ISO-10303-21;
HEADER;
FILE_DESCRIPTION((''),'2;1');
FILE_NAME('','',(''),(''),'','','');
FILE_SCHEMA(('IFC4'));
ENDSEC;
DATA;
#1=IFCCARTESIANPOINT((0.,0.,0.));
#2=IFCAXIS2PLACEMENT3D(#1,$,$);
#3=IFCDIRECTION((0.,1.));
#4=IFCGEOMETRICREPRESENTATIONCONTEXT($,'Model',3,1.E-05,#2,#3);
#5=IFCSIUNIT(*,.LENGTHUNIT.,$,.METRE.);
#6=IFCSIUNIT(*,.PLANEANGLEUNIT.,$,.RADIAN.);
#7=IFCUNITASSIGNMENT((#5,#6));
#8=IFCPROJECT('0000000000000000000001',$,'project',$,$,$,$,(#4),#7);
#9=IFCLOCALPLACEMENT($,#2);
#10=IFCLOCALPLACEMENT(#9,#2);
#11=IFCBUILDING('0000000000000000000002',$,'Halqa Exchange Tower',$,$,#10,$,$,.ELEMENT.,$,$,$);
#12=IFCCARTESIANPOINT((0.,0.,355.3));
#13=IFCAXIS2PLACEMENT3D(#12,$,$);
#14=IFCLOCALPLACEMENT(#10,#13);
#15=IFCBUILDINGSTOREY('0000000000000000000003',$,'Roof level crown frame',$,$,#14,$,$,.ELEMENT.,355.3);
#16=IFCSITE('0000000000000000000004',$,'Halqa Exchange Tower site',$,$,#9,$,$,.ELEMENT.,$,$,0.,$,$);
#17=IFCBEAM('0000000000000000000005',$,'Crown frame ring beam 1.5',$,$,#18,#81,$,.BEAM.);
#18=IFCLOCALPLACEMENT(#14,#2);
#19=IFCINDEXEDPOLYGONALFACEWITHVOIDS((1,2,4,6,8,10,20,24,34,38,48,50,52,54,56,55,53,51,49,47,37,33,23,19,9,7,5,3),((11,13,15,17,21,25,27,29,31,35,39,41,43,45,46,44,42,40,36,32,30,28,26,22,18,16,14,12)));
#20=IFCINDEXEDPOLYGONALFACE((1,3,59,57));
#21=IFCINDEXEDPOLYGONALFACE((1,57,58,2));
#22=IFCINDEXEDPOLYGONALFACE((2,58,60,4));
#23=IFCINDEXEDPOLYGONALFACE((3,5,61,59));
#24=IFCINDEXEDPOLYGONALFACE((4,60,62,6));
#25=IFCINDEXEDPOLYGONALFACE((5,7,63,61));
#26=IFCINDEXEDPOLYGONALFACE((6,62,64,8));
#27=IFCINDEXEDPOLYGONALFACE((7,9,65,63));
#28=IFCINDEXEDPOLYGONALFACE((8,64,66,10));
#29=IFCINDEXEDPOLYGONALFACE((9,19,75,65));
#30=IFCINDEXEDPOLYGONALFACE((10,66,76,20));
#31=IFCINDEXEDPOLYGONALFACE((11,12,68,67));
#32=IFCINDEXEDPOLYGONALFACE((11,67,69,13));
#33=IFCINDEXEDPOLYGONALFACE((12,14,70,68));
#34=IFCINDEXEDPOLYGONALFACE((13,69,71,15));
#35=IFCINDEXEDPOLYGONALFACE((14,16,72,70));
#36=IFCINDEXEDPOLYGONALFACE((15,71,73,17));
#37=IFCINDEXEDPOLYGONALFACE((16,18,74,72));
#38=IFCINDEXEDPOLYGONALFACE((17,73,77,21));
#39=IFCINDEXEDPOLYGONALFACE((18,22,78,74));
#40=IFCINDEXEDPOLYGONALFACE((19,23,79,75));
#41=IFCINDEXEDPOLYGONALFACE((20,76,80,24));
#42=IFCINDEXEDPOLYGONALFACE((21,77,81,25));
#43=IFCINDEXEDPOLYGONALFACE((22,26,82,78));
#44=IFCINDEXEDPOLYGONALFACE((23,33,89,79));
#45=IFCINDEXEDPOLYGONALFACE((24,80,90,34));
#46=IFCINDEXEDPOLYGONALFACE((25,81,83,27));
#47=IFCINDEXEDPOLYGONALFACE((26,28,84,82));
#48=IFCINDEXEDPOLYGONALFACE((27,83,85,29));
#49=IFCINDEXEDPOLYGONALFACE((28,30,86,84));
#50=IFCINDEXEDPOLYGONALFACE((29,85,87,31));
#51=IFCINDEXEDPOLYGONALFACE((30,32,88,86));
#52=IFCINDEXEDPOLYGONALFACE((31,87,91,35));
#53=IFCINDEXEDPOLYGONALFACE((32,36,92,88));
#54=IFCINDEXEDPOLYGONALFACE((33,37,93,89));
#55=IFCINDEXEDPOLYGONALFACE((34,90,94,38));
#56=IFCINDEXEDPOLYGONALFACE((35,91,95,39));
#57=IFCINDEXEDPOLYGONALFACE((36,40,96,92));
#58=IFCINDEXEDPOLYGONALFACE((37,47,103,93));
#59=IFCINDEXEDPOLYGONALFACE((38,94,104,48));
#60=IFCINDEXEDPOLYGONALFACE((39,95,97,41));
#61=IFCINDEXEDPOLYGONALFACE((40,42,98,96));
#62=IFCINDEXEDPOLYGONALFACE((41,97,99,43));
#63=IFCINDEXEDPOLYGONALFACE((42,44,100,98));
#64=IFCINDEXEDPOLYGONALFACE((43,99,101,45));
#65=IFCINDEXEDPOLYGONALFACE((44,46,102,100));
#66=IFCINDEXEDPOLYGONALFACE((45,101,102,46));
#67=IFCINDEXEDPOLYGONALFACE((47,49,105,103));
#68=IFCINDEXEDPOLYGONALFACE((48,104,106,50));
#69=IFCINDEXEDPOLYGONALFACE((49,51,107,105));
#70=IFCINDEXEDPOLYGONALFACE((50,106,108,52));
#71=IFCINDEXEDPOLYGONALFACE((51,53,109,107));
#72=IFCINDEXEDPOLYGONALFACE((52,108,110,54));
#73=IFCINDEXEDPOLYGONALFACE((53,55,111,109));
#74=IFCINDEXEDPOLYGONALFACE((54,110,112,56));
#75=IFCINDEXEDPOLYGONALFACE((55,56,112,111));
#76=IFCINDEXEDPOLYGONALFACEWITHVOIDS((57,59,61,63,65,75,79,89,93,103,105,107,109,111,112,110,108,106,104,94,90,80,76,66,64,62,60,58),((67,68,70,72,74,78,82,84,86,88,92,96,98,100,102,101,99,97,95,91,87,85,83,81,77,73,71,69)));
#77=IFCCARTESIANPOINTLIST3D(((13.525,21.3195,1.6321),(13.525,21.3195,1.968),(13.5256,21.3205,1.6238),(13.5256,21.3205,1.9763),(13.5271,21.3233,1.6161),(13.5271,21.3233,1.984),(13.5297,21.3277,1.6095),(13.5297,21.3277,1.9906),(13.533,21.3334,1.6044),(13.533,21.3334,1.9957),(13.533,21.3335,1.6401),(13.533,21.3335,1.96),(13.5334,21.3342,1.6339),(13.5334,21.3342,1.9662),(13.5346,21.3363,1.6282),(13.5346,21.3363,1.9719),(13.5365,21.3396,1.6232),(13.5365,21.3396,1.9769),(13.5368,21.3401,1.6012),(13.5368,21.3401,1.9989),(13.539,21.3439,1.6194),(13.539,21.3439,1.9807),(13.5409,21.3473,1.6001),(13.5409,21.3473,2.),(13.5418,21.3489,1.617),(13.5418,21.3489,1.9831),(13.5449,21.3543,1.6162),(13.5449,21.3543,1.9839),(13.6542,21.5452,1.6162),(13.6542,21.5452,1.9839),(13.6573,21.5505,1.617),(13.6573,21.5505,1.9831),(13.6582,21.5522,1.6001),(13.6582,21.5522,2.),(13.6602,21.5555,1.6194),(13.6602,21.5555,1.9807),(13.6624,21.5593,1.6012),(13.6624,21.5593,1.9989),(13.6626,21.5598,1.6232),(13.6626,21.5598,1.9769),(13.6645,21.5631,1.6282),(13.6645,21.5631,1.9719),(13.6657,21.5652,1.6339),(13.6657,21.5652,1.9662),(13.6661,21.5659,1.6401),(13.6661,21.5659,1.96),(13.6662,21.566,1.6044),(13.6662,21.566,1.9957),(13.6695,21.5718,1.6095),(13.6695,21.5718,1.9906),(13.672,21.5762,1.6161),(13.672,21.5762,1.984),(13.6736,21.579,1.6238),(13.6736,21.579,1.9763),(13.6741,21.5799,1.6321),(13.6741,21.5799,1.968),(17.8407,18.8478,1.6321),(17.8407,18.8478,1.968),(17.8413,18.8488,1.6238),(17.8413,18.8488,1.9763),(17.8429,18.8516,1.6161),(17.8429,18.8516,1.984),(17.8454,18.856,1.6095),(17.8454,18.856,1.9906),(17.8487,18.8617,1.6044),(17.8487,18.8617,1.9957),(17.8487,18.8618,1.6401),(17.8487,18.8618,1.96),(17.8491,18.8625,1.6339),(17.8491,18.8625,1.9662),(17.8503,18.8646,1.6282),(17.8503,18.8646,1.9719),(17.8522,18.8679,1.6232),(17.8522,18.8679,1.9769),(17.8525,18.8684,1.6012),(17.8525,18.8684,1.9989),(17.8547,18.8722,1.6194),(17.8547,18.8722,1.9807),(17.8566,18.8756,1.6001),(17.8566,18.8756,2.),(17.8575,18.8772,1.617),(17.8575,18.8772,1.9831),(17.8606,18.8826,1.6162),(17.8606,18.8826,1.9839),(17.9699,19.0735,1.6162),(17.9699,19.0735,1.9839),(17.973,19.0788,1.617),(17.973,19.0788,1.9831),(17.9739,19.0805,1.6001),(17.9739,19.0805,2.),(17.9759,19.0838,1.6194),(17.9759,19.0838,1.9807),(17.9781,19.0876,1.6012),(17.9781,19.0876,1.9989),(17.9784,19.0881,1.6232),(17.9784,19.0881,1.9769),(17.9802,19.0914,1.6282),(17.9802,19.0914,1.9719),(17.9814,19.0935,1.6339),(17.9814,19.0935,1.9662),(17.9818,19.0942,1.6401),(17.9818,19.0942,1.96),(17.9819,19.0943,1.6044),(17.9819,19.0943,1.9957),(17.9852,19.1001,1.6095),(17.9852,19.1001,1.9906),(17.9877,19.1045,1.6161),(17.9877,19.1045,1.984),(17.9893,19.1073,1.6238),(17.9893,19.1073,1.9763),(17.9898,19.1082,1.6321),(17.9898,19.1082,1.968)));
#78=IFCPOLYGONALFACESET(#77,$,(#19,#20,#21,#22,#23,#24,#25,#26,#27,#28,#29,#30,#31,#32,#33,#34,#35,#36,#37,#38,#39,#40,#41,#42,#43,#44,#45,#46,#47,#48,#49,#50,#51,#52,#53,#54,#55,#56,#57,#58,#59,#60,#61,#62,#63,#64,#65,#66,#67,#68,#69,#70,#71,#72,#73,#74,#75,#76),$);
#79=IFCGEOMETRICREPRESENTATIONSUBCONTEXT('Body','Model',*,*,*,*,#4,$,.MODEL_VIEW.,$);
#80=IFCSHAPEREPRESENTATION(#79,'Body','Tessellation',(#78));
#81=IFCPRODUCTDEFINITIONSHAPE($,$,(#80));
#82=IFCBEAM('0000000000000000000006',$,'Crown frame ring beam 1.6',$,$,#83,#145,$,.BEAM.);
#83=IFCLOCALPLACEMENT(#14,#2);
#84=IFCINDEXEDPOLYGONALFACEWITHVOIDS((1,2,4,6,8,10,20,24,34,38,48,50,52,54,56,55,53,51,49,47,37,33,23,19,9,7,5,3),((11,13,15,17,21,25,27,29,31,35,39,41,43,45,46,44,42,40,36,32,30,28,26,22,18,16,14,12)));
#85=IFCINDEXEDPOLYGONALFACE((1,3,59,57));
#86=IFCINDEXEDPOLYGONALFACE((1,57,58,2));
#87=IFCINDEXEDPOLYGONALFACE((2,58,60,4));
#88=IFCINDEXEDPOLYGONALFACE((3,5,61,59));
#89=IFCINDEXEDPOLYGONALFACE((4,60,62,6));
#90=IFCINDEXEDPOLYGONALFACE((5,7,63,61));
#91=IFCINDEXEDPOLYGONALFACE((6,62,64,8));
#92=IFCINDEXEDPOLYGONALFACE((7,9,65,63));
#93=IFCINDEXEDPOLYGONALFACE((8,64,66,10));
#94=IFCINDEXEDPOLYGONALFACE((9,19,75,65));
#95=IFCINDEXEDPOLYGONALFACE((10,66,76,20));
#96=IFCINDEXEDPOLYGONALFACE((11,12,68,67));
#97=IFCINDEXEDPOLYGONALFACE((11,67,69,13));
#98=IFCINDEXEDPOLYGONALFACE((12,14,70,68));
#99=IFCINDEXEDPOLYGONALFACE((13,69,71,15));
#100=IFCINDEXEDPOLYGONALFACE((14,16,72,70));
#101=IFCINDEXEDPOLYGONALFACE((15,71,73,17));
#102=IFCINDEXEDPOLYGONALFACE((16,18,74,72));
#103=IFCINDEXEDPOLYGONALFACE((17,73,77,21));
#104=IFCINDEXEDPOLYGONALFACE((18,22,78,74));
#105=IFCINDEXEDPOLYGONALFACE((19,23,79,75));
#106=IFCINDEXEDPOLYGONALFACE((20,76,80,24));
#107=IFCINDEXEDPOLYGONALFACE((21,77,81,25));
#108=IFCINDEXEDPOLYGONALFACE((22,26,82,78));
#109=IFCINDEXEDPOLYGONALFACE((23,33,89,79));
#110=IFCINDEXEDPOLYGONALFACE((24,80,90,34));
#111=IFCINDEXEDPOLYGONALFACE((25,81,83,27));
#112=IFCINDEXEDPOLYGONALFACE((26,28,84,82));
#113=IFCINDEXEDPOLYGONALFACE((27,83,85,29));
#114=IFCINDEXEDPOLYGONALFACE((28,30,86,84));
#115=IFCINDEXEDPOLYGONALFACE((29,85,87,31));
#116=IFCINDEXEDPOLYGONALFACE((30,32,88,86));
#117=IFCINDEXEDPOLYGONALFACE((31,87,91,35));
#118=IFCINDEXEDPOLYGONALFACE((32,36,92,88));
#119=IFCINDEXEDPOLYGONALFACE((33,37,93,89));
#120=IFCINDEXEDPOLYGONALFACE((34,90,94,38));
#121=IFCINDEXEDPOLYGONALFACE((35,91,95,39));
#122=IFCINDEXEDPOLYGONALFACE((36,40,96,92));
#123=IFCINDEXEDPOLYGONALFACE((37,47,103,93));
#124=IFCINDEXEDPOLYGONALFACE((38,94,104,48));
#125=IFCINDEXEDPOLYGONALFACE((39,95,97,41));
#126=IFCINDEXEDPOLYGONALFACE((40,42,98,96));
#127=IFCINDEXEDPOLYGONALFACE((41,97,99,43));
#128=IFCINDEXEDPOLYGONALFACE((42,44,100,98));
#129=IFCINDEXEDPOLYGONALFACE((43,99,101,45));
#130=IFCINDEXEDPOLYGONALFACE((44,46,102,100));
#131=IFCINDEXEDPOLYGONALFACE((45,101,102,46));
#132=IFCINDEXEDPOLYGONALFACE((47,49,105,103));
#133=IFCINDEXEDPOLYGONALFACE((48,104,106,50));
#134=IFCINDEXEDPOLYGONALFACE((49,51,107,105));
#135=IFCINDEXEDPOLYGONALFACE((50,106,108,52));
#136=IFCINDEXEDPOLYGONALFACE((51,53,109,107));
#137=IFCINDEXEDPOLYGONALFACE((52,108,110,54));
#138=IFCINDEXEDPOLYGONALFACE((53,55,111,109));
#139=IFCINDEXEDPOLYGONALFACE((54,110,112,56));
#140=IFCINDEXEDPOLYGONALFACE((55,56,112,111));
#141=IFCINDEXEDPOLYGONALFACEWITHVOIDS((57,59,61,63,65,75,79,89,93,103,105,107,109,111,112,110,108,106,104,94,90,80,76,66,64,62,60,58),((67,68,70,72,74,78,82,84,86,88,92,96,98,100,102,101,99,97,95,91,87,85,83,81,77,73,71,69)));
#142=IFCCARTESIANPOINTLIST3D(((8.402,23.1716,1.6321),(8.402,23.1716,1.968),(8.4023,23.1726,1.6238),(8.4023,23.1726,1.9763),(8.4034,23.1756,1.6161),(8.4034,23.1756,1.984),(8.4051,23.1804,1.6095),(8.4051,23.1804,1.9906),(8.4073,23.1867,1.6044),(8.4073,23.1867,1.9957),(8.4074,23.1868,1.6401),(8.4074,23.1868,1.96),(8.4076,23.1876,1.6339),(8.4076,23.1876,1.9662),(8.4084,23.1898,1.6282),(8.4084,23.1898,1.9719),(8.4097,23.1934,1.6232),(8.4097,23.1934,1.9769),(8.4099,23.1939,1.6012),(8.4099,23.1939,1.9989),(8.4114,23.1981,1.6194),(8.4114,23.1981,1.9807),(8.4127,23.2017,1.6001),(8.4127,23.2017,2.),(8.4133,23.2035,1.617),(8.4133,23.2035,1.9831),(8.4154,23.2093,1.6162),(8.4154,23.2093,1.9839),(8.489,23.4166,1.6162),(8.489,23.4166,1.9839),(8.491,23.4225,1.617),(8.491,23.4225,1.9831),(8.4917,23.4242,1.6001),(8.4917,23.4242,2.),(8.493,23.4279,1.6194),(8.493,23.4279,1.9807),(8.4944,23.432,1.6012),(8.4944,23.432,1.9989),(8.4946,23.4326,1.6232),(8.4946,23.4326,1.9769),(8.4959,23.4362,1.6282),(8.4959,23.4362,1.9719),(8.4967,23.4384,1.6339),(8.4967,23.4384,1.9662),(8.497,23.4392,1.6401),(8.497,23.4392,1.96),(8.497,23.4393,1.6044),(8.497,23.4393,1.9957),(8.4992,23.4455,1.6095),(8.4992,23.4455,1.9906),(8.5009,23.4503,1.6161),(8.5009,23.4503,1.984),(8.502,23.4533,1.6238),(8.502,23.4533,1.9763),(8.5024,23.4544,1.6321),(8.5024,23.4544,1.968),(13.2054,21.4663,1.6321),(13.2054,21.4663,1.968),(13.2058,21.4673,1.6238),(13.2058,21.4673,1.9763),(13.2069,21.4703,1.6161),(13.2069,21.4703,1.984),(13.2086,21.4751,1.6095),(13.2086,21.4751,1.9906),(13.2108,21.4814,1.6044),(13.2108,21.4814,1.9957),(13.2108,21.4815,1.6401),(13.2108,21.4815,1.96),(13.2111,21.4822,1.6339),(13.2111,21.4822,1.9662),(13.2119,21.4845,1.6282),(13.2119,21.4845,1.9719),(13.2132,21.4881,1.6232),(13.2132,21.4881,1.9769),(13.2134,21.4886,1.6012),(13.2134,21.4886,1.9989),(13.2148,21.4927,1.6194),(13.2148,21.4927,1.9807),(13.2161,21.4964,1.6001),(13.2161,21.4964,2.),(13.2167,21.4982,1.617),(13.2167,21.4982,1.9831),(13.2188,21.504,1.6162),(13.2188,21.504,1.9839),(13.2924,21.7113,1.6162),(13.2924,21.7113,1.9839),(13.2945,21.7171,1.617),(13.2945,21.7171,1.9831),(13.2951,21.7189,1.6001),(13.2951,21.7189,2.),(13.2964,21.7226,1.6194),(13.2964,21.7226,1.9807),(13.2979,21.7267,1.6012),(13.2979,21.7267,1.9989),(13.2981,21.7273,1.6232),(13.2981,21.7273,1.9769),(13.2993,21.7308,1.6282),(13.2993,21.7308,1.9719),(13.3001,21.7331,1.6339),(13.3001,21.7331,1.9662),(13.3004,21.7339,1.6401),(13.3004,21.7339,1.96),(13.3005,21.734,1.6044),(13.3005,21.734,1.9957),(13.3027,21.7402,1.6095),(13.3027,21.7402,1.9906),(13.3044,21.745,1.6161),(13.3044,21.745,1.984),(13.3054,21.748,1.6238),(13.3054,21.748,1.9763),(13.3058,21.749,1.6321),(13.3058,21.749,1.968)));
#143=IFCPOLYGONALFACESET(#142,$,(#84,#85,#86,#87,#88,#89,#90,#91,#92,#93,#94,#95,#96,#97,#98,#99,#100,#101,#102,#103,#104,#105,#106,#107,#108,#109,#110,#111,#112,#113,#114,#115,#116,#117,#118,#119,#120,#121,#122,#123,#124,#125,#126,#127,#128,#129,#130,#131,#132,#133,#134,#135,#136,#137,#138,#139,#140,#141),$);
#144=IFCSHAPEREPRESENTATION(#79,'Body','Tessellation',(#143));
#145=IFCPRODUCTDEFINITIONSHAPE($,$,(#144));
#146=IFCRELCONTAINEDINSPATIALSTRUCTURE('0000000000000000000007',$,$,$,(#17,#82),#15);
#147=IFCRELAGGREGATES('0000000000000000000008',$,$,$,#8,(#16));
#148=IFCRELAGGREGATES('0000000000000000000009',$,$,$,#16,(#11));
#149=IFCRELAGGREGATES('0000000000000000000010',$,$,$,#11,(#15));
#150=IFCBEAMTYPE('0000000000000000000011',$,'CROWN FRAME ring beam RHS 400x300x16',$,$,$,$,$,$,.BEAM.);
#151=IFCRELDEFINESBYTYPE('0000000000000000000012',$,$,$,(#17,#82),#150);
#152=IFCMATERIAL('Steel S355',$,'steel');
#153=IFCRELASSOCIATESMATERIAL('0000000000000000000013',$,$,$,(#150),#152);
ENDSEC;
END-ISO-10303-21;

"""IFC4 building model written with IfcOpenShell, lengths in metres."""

from ifc_helpers import new_model, si_unit, direction, frame, origin, origin_2d, place, context, subcontext, project, spatial, hollow_rectangle, extrude, material, material_profile, profile_set, type_object, element, save


model = new_model("IFC4")

# Units and contexts
model_context = context("Model", 3, precision=1e-05, world=origin(), true_north=direction((0.0, 1.0)))
body_context = subcontext(model_context, "Body", "Model", "MODEL_VIEW")
ifc_project = project(units=[si_unit("LENGTHUNIT", "METRE"), si_unit("PLANEANGLEUNIT", "RADIAN")], contexts=[model_context])

# Site, building, storey
site_placement = place(None, origin())
site = spatial("IfcSite", under=ifc_project, at=site_placement, Name="Halqa Exchange Tower site", CompositionType="ELEMENT", RefElevation=0.0)
building_placement = place(site_placement, origin())
building = spatial("IfcBuilding", under=site, at=building_placement, Name="Halqa Exchange Tower", CompositionType="ELEMENT")
storey_placement = place(building_placement, frame((0.0, 0.0, 355.3)))
storey = spatial("IfcBuildingStorey", under=building, at=storey_placement, Name="Roof level crown frame", CompositionType="ELEMENT", Elevation=355.3)

# Shared definitions
ifc_material_1 = material(Name="Steel S355", Category="steel")

# Beams
ifc_material_profile_1 = material_profile(ifc_material_1, hollow_rectangle(XDim=0.3, YDim=0.3999, WallThickness=0.0161, InnerFilletRadius=0.0239, OuterFilletRadius=0.032, at=origin_2d()), Name="RHS 400x300x16")
ifc_profile_set_1 = profile_set([ifc_material_profile_1], Name="Steel S355")
beam_type = type_object("IfcBeamType", Name="CROWN FRAME ring beam RHS 400x300x16", PredefinedType="BEAM", material=ifc_profile_set_1)
beam_1_placement = place(storey_placement, frame((17.9153, 18.978, 1.8), z_axis=(-0.867759, 0.496985, 0.0), x_axis=(-0.496985, -0.867759, 0.0)))
element("IfcBeam", 1, at=beam_1_placement, inside=storey, type_object=beam_type, Name="Crown frame ring beam 1.5", PredefinedType="BEAM", context=body_context, shape_type="SweptSolid", body=[
    extrude(hollow_rectangle(XDim=0.3, YDim=0.3999, WallThickness=0.0161, InnerFilletRadius=0.0239, OuterFilletRadius=0.032, at=origin_2d()), origin(), (0.0, 0.0, 1.0), 4.9734),
])
beam_2_placement = place(storey_placement, frame((13.2556, 21.6077, 1.8), z_axis=(-0.942374, 0.334561, 0.0), x_axis=(-0.334561, -0.942374, 0.0)))
element("IfcBeam", 2, at=beam_2_placement, inside=storey, type_object=beam_type, Name="Crown frame ring beam 1.6", PredefinedType="BEAM", context=body_context, shape_type="SweptSolid", body=[
    extrude(hollow_rectangle(XDim=0.3, YDim=0.3999, WallThickness=0.0161, InnerFilletRadius=0.0239, OuterFilletRadius=0.032, at=origin_2d()), origin(), (0.0, 0.0, 1.0), 5.0972),
])

save(model, "model.ifc")
